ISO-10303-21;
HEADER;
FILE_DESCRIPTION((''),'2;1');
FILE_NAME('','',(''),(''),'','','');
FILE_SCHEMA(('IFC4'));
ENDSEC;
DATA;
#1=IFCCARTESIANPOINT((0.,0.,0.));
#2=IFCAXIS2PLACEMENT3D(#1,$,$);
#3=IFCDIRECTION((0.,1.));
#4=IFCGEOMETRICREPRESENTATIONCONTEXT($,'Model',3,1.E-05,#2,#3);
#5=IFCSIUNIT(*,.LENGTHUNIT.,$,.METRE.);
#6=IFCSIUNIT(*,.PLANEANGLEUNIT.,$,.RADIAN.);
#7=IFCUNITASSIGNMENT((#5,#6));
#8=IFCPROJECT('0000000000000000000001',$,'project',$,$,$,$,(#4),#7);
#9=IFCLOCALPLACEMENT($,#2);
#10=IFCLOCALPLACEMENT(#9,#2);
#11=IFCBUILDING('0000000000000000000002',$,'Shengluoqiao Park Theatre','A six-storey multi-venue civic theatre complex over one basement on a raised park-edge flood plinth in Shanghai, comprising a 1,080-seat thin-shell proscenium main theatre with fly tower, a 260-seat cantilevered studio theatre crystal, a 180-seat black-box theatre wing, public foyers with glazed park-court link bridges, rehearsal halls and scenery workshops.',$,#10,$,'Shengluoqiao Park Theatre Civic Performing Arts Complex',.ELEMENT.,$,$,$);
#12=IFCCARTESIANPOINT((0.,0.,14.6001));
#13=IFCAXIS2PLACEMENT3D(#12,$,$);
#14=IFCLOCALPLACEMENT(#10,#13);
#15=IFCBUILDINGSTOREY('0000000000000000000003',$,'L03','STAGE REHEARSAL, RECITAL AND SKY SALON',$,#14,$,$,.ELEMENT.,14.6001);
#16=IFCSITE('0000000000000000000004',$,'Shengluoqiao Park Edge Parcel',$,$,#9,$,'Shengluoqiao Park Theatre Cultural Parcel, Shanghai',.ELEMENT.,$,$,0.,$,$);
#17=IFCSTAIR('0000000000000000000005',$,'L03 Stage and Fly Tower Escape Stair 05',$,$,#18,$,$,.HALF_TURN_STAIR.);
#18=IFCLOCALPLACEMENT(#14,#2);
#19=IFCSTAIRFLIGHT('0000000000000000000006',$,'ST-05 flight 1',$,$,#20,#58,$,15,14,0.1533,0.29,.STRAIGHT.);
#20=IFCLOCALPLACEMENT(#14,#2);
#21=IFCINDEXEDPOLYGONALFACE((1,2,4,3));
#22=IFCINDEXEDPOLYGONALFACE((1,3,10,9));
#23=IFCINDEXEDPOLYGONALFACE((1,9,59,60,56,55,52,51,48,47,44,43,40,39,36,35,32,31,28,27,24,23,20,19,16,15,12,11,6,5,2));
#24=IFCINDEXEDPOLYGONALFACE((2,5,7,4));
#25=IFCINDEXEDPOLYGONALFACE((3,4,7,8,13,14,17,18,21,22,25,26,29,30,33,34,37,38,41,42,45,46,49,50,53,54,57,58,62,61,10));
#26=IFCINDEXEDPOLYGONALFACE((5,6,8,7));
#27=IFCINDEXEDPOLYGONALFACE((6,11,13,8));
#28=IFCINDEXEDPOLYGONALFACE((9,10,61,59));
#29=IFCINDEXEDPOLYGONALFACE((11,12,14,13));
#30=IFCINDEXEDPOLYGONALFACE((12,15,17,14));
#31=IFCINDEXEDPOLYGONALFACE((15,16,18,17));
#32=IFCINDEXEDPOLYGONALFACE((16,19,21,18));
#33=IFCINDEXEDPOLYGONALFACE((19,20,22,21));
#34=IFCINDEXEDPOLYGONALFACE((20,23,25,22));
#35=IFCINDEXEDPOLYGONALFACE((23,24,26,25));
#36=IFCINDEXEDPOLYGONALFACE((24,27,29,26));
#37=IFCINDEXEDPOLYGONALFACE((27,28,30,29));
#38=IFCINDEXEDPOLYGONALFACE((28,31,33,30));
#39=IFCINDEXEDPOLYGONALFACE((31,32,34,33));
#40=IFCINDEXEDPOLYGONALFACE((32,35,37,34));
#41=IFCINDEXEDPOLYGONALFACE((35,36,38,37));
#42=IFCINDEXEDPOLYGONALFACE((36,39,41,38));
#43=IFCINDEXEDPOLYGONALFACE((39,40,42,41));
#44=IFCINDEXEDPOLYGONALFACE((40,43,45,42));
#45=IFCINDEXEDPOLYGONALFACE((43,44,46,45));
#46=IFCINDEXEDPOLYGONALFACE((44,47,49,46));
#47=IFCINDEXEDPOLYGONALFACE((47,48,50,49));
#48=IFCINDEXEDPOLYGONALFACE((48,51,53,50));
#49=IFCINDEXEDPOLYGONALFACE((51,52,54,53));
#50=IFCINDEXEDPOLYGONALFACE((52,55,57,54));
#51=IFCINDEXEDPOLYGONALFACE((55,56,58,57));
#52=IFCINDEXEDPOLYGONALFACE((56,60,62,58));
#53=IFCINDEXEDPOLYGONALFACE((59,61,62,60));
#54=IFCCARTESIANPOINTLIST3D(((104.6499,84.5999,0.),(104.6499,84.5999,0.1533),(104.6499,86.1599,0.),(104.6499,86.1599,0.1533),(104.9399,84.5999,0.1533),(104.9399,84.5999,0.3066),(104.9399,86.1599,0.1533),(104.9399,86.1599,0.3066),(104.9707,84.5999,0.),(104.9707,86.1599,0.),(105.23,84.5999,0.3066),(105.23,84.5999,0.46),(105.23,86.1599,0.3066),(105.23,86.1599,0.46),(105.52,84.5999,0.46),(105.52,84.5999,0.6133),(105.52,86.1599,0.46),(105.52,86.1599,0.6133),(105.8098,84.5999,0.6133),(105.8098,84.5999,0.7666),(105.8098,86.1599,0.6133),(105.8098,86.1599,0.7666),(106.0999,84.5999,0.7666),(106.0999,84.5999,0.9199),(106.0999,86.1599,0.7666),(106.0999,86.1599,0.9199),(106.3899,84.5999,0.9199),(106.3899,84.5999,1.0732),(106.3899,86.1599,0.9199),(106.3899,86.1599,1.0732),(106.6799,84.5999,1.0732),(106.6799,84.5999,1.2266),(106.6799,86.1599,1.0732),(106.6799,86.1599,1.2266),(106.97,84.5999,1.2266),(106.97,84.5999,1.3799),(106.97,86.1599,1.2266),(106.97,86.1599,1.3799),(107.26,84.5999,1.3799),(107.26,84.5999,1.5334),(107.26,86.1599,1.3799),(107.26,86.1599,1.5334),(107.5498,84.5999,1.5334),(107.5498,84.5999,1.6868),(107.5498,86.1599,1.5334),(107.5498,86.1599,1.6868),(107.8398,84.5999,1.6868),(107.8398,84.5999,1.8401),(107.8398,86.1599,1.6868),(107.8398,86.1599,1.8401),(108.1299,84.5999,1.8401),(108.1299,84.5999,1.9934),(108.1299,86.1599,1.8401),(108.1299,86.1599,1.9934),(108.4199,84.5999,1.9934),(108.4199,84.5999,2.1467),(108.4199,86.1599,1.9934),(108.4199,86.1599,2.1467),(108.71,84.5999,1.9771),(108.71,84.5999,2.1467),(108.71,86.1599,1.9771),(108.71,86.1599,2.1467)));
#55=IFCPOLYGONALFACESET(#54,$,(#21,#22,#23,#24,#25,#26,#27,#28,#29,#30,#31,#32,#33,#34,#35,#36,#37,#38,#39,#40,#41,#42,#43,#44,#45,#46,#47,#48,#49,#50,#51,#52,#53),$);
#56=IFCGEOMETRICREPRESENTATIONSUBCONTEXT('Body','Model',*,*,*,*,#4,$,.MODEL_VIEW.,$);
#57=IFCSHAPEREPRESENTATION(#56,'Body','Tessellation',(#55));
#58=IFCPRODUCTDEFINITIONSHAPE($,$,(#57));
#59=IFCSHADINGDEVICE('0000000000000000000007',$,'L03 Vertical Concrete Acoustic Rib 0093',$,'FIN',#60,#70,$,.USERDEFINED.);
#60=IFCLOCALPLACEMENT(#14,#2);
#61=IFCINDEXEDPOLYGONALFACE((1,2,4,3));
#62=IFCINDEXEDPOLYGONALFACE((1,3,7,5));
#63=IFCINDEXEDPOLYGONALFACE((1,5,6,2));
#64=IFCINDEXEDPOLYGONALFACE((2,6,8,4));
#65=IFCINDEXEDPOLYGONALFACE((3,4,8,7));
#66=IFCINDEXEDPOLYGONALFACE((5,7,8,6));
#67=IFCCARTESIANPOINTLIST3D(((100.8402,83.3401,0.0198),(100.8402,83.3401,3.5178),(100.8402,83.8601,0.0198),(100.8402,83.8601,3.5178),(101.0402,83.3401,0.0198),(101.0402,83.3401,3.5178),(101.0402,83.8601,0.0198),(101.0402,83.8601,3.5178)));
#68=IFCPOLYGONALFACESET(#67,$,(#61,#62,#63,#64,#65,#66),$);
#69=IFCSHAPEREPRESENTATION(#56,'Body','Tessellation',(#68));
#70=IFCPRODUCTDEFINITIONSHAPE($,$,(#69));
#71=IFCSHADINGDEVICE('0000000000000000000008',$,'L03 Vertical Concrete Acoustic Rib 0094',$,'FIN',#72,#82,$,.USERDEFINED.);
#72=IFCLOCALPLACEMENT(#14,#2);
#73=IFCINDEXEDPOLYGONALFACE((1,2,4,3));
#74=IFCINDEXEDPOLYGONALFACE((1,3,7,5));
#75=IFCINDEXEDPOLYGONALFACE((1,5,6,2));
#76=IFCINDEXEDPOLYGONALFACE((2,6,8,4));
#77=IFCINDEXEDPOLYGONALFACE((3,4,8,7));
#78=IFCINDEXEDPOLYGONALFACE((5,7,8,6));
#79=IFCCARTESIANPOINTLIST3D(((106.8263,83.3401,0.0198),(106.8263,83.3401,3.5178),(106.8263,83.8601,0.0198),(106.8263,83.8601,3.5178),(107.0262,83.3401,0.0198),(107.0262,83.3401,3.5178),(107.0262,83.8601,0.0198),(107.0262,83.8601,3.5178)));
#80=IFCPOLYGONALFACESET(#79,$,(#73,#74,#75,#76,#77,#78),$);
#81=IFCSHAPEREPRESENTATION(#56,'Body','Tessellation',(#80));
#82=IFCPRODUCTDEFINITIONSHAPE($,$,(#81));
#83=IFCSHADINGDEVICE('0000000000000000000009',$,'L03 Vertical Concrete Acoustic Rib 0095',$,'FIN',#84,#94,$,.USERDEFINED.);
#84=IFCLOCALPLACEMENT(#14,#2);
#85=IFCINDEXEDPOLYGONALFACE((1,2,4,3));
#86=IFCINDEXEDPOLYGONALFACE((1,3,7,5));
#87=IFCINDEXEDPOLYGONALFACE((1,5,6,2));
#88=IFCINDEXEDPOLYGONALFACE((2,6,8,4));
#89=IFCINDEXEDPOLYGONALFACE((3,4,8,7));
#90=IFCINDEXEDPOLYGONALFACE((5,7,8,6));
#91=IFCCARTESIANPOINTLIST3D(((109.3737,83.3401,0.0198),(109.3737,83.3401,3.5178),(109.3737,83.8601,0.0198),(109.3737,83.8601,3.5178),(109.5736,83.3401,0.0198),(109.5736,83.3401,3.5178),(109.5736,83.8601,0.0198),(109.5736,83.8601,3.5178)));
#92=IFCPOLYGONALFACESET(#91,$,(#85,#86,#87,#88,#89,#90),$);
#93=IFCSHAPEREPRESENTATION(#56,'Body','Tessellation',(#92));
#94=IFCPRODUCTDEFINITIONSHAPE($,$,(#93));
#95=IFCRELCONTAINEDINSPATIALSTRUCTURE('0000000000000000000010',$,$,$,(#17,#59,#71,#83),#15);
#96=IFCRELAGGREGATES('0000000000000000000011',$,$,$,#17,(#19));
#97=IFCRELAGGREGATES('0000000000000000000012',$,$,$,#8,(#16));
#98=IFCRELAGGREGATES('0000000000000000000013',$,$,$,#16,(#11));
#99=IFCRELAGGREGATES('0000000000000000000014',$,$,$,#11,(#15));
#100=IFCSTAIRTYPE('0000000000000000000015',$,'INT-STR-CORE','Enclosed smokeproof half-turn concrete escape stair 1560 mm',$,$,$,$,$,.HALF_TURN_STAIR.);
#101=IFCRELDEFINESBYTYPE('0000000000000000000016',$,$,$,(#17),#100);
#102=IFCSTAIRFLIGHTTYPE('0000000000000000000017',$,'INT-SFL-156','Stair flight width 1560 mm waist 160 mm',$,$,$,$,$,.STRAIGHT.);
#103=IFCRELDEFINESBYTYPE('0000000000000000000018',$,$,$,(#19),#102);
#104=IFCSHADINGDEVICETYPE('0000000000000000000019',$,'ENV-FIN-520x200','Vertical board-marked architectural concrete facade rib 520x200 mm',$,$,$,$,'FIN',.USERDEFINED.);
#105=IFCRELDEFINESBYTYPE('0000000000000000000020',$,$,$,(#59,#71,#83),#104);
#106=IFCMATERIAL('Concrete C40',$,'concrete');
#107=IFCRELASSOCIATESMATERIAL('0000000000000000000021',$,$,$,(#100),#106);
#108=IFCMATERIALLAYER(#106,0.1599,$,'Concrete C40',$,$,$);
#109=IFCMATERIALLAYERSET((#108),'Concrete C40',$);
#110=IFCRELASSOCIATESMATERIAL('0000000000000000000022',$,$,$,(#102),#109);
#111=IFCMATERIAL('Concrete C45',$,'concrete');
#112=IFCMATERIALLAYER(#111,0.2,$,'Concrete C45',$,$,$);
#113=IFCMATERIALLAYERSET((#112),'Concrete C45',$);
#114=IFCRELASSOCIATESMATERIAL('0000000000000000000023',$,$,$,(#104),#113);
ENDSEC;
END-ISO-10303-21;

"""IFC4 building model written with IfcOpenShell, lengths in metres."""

from ifc_helpers import new_model, si_unit, direction, frame, origin, origin_2d, place, context, subcontext, project, spatial, polyline, rectangle, outline, extrude, material, layer, layer_set, type_object, element, aggregate, save


model = new_model("IFC4")

# Units and contexts
model_context = context("Model", 3, precision=1e-05, world=origin(), true_north=direction((0.0, 1.0)))
body_context = subcontext(model_context, "Body", "Model", "MODEL_VIEW")
ifc_project = project(units=[si_unit("LENGTHUNIT", "METRE"), si_unit("PLANEANGLEUNIT", "RADIAN")], contexts=[model_context])

# Site, building, storey
site_placement = place(None, origin())
site = spatial("IfcSite", under=ifc_project, at=site_placement, Name="Shengluoqiao Park Edge Parcel", LongName="Shengluoqiao Park Theatre Cultural Parcel, Shanghai", CompositionType="ELEMENT", RefElevation=0.0)
building_placement = place(site_placement, origin())
building = spatial("IfcBuilding", under=site, at=building_placement, Name="Shengluoqiao Park Theatre", Description="A six-storey multi-venue civic theatre complex over one basement on a raised park-edge flood plinth in Shanghai, comprising a 1,080-seat thin-shell proscenium main theatre with fly tower, a 260-seat cantilevered studio theatre crystal, a 180-seat black-box theatre wing, public foyers with glazed park-court link bridges, rehearsal halls and scenery workshops.", LongName="Shengluoqiao Park Theatre Civic Performing Arts Complex", CompositionType="ELEMENT")
storey_placement = place(building_placement, frame((0.0, 0.0, 14.6001)))
storey = spatial("IfcBuildingStorey", under=building, at=storey_placement, Name="L03", Description="STAGE REHEARSAL, RECITAL AND SKY SALON", CompositionType="ELEMENT", Elevation=14.6001)

# Shared definitions
ifc_material_1 = material(Name="Concrete C40", Category="concrete")

# Stair, stair flight
stair_type = type_object("IfcStairType", Name="INT-STR-CORE", Description="Enclosed smokeproof half-turn concrete escape stair 1560 mm", PredefinedType="HALF_TURN_STAIR", material=ifc_material_1)
stair_placement = place(storey_placement, origin())
stair = element("IfcStair", 1, at=stair_placement, inside=storey, type_object=stair_type, Name="L03 Stage and Fly Tower Escape Stair 05", PredefinedType="HALF_TURN_STAIR")
ifc_layer_1 = layer(ifc_material_1, 0.1599, Name="Concrete C40")
ifc_layer_set_1 = layer_set([ifc_layer_1], Name="Concrete C40")
stair_flight_type = type_object("IfcStairFlightType", Name="INT-SFL-156", Description="Stair flight width 1560 mm waist 160 mm", PredefinedType="STRAIGHT", material=ifc_layer_set_1)
stair_flight_placement = place(storey_placement, frame((104.6499, 85.3799, 0.0), z_axis=(0.0, 0.0, 1.0), x_axis=(1.0, 0.0, 0.0)))
stair_flight = element("IfcStairFlight", 2, at=stair_flight_placement, type_object=stair_flight_type, Name="ST-05 flight 1", NumberOfRisers=15, NumberOfTreads=14, PredefinedType="STRAIGHT", RiserHeight=0.1533, TreadLength=0.29, context=body_context, shape_type="SweptSolid", body=[
    extrude(outline(polyline([(0.0, 0.0), (0.0, 0.1533), (0.29, 0.1533), (0.29, 0.3066), (0.5801, 0.3066), (0.5801, 0.46), (0.8701, 0.46), (0.8701, 0.6133), (1.1599, 0.6133), (1.1599, 0.7666), (1.45, 0.7666), (1.45, 0.9199), (1.74, 0.9199), (1.74, 1.0732), (2.03, 1.0732), (2.03, 1.2266), (2.3201, 1.2266), (2.3201, 1.3799), (2.6101, 1.3799), (2.6101, 1.5334), (2.8999, 1.5334), (2.8999, 1.6868), (3.1899, 1.6868), (3.1899, 1.8401), (3.48, 1.8401), (3.48, 1.9934), (3.77, 1.9934), (3.77, 2.1467), (4.0601, 2.1467), (4.0601, 2.3), (4.0601, 1.9771), (0.3208, 0.0), (0.0, 0.0)])), frame((0.0, 0.78, 0.0), z_axis=(0.0, -1.0, 0.0), x_axis=(1.0, 0.0, 0.0)), (0.0, 0.0, 1.0), 1.5601),
])
aggregate(stair, [stair_flight])

# Shading devices
ifc_material_2 = material(Name="Concrete C45", Category="concrete")
ifc_layer_2 = layer(ifc_material_2, 0.2, Name="Concrete C45")
ifc_layer_set_2 = layer_set([ifc_layer_2], Name="Concrete C45")
shading_device_type = type_object("IfcShadingDeviceType", Name="ENV-FIN-520x200", Description="Vertical board-marked architectural concrete facade rib 520x200 mm", ElementType="FIN", PredefinedType="USERDEFINED", material=ifc_layer_set_2)
for number, where, z_axis, x_axis, name in (
    (3, (100.9402, 83.6001, 0.0198), (0.0, 0.0, 1.0), (0.0, -1.0, 0.0), "L03 Vertical Concrete Acoustic Rib 0093"),
    (4, (106.9263, 83.6001, 0.0198), (0.0, 0.0, 1.0), (0.0, -1.0, 0.0), "L03 Vertical Concrete Acoustic Rib 0094"),
    (5, (109.4736, 83.6001, 0.0198), (0.0, 0.0, 1.0), (0.0, -1.0, 0.0), "L03 Vertical Concrete Acoustic Rib 0095"),
):
    element("IfcShadingDevice", number, at=place(storey_placement, frame(where, z_axis=z_axis, x_axis=x_axis)), inside=storey, type_object=shading_device_type, Name=name, ObjectType="FIN", PredefinedType="USERDEFINED", context=body_context, shape_type="SweptSolid", body=[
        extrude(rectangle(XDim=0.52, YDim=0.2, at=origin_2d()), origin(), (0.0, 0.0, 1.0), 3.498),
    ])

save(model, "model.ifc")
